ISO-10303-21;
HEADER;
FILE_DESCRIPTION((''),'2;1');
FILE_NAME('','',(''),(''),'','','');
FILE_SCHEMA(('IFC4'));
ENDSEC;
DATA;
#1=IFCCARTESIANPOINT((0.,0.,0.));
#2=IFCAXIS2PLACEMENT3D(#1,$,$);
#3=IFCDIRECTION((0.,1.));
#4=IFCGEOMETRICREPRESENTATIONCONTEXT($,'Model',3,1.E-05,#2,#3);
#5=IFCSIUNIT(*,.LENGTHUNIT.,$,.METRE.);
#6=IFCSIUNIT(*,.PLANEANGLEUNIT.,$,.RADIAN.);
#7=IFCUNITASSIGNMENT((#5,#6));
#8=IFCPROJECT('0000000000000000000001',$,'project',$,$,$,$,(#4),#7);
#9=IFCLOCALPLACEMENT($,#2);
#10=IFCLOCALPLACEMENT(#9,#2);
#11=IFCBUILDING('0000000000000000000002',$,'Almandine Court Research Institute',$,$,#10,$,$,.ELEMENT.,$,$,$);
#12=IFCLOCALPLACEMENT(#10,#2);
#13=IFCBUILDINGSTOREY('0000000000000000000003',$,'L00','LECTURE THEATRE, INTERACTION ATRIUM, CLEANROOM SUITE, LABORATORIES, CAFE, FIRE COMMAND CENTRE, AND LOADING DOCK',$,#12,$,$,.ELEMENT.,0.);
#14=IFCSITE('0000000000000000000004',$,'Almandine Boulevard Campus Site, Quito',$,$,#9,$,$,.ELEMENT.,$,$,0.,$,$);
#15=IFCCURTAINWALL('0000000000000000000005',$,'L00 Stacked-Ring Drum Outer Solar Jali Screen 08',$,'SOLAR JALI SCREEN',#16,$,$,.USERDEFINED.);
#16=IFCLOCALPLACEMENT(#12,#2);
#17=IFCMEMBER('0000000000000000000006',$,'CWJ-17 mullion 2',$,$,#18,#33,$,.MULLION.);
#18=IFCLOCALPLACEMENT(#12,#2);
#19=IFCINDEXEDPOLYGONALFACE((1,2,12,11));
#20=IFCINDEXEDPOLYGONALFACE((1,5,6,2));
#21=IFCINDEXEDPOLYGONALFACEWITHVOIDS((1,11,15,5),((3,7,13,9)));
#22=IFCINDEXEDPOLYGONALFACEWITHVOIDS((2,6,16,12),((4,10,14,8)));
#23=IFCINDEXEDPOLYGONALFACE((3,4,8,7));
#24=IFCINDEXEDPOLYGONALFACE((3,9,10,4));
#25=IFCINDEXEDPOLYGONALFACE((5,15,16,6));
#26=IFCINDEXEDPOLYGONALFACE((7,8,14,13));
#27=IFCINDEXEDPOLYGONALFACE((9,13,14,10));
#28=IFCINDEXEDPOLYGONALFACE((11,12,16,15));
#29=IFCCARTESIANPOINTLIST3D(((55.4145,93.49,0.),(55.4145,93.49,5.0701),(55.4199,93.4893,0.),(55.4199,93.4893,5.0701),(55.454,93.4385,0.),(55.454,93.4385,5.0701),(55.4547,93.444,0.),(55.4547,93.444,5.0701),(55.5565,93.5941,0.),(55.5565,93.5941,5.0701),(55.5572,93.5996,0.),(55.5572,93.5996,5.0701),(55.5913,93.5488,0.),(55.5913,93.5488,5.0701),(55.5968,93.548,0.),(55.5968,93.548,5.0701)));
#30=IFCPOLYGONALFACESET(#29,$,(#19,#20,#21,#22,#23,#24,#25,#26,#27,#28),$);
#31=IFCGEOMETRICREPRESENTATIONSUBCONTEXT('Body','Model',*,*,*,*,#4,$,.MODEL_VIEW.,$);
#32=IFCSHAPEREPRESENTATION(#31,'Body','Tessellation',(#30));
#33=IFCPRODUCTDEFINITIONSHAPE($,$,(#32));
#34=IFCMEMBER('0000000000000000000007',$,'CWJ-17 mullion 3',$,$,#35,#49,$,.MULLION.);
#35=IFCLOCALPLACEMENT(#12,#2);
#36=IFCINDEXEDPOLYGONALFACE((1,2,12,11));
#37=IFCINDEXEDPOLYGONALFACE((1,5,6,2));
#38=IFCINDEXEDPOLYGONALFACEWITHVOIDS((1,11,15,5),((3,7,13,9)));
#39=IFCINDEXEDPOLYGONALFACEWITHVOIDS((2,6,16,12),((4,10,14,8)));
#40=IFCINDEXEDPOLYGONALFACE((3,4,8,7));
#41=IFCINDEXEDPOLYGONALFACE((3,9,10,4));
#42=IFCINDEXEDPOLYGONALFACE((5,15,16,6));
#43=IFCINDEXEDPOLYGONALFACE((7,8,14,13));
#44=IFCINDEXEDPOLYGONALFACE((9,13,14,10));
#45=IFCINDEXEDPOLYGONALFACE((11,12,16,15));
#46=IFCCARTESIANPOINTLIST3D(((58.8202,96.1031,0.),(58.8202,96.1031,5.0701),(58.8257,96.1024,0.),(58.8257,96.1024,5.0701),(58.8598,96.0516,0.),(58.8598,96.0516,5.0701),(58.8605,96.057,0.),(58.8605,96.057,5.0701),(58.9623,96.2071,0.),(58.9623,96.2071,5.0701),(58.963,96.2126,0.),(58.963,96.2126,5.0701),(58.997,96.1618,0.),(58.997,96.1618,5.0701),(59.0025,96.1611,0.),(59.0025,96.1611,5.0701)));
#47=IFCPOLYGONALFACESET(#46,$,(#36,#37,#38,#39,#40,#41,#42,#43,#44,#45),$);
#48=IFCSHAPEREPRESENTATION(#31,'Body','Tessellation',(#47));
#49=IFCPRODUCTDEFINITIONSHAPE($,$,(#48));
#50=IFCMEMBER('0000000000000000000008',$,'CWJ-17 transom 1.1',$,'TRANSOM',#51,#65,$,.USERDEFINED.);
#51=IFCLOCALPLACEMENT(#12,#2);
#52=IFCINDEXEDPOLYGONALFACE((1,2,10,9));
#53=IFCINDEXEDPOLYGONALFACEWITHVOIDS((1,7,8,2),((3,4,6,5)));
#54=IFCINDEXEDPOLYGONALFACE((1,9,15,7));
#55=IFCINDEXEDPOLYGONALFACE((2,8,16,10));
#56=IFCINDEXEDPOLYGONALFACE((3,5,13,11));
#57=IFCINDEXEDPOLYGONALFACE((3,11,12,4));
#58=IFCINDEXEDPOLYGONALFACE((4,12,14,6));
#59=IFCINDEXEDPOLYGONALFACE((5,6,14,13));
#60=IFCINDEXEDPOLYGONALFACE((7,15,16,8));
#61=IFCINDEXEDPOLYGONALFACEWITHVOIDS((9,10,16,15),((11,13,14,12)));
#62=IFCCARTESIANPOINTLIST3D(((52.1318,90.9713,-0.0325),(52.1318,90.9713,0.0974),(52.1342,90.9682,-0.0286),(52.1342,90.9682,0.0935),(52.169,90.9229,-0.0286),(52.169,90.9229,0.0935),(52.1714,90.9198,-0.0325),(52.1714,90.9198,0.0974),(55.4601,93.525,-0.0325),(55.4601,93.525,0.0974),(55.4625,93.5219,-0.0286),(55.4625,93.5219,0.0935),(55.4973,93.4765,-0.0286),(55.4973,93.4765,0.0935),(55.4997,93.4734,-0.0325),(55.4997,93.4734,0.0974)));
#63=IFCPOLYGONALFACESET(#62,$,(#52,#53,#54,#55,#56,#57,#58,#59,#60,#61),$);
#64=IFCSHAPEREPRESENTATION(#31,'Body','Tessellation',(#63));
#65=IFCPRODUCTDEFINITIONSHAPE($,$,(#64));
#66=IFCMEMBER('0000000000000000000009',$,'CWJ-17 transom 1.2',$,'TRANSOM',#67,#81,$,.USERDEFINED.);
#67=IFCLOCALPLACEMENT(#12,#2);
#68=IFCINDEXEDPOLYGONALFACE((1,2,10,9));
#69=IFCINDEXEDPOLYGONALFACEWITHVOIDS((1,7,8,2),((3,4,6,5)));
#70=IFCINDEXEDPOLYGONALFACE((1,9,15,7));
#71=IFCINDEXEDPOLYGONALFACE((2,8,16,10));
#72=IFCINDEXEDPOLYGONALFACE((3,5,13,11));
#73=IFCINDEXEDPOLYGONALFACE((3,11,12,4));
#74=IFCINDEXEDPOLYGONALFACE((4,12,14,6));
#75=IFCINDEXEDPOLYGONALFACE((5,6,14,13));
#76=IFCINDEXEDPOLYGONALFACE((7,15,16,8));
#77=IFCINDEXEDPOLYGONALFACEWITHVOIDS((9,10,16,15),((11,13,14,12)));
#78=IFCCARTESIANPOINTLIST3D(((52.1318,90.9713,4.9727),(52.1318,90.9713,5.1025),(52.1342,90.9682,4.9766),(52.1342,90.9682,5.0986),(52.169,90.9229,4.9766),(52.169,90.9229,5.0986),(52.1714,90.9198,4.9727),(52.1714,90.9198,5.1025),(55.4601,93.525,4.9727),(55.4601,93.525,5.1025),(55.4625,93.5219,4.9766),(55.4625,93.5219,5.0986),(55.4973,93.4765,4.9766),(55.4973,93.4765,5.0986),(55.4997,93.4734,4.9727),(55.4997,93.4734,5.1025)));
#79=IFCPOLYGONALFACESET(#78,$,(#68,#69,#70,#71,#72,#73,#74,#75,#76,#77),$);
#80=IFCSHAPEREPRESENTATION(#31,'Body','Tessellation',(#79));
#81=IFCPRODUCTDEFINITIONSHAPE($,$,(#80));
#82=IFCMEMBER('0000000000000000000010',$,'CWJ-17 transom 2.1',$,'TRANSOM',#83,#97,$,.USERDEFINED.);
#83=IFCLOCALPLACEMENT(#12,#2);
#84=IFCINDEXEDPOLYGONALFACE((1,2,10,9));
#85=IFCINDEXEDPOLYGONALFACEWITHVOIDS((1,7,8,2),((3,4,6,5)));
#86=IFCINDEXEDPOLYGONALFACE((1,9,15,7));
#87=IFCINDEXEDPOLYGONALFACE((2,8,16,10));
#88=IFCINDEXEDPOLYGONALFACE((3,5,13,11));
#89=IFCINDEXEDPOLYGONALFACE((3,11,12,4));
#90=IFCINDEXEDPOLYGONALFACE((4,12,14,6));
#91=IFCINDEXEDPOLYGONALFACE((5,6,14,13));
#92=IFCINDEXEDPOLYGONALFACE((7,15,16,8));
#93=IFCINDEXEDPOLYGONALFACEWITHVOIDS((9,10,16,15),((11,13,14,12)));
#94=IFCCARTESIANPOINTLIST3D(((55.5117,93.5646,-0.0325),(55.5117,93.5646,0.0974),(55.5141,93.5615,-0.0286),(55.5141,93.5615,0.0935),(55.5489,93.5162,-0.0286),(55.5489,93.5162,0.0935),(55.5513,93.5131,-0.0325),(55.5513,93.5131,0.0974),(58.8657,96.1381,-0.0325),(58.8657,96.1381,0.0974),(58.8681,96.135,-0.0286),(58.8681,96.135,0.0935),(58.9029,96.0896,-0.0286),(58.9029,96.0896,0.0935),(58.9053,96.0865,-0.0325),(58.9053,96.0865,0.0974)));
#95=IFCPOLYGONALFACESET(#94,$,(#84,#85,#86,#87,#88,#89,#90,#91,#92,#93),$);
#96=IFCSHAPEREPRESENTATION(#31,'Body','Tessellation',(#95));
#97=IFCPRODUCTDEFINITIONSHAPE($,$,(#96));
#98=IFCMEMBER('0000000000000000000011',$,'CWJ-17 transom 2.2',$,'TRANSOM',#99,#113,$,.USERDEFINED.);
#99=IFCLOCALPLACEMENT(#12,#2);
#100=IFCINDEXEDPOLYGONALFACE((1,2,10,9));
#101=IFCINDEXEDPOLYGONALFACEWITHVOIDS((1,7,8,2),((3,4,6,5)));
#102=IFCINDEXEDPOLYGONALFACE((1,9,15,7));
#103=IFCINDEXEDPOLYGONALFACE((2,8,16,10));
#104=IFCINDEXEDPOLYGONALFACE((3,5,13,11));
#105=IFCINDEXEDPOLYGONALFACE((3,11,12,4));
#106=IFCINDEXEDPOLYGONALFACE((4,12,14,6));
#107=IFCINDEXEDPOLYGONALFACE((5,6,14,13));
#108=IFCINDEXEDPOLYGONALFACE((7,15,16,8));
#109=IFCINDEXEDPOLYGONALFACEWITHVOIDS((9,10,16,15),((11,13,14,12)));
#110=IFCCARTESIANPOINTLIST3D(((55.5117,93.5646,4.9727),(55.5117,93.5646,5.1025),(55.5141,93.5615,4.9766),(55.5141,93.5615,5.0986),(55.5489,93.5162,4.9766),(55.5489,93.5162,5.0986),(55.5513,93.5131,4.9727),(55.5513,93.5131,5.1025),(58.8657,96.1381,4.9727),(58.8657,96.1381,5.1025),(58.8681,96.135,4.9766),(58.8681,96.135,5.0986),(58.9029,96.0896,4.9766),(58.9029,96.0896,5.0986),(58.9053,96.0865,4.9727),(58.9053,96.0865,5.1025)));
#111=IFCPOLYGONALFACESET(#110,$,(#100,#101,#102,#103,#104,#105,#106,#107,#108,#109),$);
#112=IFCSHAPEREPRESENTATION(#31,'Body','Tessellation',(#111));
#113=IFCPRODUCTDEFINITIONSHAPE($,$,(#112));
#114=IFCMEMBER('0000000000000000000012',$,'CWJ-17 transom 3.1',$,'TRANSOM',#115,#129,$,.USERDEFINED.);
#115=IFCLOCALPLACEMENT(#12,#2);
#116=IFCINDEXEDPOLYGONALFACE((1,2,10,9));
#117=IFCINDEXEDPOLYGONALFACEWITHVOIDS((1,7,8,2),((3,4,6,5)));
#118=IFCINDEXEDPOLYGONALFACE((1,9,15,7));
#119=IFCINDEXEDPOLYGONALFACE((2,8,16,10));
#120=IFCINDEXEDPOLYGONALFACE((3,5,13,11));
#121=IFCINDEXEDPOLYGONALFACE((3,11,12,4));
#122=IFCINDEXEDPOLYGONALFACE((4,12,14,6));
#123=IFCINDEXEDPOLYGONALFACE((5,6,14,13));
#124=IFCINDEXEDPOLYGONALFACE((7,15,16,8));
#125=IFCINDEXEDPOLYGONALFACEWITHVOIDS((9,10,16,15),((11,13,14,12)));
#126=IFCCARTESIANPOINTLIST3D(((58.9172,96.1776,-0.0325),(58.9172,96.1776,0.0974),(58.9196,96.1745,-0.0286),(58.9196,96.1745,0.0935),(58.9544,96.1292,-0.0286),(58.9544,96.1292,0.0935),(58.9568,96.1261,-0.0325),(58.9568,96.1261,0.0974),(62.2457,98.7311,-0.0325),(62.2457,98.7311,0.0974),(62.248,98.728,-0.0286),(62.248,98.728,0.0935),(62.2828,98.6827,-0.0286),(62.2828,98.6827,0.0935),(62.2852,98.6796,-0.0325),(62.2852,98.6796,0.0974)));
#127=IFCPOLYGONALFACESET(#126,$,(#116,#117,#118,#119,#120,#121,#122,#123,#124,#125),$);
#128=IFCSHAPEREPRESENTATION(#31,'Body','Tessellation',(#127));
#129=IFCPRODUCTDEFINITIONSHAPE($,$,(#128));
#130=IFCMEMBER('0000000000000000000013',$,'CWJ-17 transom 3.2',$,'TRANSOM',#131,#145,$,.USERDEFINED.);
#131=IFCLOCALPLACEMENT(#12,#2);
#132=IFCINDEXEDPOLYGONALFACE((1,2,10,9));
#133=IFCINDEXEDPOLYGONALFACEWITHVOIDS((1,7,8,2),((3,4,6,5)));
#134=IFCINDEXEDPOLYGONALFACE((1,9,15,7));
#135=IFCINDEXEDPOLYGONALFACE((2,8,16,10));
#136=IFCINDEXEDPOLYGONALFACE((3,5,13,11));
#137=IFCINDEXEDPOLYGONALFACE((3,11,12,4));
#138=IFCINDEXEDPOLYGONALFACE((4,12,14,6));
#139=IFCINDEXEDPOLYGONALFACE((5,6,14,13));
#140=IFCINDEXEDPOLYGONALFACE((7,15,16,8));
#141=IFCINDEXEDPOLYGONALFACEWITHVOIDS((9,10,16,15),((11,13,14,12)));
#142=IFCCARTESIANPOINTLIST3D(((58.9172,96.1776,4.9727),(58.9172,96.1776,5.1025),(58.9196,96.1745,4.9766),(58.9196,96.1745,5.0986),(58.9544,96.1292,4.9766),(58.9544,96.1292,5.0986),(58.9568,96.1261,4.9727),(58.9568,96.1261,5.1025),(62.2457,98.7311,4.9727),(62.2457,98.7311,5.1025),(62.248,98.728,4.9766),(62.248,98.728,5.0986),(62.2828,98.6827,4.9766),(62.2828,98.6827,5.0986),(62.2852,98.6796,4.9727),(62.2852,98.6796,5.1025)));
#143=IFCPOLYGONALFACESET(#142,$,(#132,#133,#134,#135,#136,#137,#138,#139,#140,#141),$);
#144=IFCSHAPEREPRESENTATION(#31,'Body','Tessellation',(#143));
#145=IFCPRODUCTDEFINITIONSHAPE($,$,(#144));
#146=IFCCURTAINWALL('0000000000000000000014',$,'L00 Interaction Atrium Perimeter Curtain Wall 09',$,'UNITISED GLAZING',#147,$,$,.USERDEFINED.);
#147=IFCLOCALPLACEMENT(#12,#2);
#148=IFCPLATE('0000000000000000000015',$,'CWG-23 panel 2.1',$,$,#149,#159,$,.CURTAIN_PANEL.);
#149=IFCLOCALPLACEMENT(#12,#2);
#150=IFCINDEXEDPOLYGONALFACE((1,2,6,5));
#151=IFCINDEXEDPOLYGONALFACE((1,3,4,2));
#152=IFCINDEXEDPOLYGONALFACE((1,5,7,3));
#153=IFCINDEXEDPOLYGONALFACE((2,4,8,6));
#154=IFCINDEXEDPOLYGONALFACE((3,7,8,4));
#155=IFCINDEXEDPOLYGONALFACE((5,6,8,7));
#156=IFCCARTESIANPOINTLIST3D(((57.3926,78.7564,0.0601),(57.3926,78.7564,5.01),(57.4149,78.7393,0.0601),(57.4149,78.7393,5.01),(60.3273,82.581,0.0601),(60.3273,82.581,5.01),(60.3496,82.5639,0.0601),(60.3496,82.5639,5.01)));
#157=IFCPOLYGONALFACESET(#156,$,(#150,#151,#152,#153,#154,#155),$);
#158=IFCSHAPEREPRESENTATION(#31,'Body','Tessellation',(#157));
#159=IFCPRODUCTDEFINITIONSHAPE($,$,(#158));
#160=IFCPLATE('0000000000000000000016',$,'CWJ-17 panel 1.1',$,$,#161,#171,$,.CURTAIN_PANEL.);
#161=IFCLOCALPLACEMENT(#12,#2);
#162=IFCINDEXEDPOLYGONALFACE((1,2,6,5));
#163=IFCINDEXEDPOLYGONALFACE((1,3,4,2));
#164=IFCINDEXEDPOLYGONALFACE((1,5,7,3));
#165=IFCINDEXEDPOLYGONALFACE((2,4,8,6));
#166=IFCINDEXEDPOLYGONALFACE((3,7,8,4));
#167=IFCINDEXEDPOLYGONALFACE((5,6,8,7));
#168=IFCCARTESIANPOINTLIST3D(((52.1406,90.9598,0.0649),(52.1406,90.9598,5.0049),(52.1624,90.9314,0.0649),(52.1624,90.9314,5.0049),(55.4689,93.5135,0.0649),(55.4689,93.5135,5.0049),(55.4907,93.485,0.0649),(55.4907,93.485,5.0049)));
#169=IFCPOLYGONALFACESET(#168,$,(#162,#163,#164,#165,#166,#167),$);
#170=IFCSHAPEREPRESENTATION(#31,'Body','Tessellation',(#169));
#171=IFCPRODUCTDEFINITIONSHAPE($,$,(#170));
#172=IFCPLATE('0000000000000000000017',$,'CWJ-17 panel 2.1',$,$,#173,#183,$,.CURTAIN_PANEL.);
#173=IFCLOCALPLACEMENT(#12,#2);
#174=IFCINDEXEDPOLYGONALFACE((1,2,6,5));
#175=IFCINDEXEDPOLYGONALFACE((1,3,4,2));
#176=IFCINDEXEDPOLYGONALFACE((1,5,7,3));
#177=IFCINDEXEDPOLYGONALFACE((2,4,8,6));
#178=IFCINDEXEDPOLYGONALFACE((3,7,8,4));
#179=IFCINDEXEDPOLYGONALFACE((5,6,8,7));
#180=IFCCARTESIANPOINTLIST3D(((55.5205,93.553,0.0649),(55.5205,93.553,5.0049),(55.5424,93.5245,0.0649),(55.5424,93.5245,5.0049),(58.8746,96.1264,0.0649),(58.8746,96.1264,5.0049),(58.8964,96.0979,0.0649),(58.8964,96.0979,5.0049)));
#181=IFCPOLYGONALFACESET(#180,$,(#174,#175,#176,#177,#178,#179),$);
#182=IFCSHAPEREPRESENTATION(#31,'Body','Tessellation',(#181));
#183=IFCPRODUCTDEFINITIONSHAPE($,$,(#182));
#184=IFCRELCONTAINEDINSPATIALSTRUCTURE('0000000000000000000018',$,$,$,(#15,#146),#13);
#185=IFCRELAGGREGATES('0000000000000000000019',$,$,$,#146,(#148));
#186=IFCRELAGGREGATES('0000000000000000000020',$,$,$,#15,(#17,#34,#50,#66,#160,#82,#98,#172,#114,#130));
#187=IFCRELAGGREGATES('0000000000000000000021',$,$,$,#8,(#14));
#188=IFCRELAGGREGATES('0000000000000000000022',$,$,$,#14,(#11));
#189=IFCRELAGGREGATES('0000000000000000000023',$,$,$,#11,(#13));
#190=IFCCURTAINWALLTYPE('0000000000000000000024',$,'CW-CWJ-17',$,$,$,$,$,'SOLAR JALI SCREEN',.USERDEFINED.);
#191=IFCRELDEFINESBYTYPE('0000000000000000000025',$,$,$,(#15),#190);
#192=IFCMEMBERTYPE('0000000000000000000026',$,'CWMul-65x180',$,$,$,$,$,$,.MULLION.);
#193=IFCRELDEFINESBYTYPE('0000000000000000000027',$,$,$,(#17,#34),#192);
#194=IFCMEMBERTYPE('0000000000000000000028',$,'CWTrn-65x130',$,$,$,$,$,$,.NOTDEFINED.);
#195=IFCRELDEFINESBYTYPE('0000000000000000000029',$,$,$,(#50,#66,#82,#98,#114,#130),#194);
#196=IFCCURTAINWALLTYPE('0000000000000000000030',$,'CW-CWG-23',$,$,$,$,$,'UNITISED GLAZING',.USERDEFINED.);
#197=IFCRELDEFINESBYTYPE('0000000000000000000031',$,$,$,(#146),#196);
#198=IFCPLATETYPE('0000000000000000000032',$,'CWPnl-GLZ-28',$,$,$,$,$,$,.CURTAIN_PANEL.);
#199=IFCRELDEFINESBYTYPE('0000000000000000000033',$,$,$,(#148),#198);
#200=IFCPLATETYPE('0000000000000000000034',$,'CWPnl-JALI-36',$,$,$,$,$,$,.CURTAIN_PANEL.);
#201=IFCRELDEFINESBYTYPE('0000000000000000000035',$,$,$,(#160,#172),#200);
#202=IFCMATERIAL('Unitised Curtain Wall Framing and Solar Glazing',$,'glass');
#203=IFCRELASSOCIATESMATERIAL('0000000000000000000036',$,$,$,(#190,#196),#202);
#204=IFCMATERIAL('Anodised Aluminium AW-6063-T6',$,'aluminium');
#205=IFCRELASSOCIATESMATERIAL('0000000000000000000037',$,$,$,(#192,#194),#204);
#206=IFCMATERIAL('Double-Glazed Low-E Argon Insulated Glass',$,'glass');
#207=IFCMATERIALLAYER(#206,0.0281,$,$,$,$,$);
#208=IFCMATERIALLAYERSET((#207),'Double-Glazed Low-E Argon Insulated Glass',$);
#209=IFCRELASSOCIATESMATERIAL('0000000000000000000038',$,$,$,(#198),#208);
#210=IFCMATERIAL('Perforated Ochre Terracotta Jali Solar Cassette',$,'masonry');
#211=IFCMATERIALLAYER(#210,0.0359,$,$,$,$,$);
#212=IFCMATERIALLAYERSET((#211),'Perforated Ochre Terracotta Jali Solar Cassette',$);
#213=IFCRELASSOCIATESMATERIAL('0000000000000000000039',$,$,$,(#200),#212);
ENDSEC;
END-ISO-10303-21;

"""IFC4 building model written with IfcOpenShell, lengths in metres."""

from ifc_helpers import new_model, si_unit, direction, frame, origin, origin_2d, place, context, subcontext, project, spatial, rectangle, hollow_rectangle, extrude, material, layer, layer_set, material_profile, profile_set, type_object, element, aggregate, save


model = new_model("IFC4")

# Units and contexts
model_context = context("Model", 3, precision=1e-05, world=origin(), true_north=direction((0.0, 1.0)))
body_context = subcontext(model_context, "Body", "Model", "MODEL_VIEW")
ifc_project = project(units=[si_unit("LENGTHUNIT", "METRE"), si_unit("PLANEANGLEUNIT", "RADIAN")], contexts=[model_context])

# Site, building, storey
site_placement = place(None, origin())
site = spatial("IfcSite", under=ifc_project, at=site_placement, Name="Almandine Boulevard Campus Site, Quito", CompositionType="ELEMENT", RefElevation=0.0)
building_placement = place(site_placement, origin())
building = spatial("IfcBuilding", under=site, at=building_placement, Name="Almandine Court Research Institute", CompositionType="ELEMENT")
storey_placement = place(building_placement, origin())
storey = spatial("IfcBuildingStorey", under=building, at=storey_placement, Name="L00", Description="LECTURE THEATRE, INTERACTION ATRIUM, CLEANROOM SUITE, LABORATORIES, CAFE, FIRE COMMAND CENTRE, AND LOADING DOCK", CompositionType="ELEMENT", Elevation=0.0)

# Curtain wall, members
ifc_material_1 = material(Name="Unitised Curtain Wall Framing and Solar Glazing", Category="glass")
curtain_wall_type_1 = type_object("IfcCurtainWallType", Name="CW-CWJ-17", ElementType="SOLAR JALI SCREEN", PredefinedType="USERDEFINED", material=ifc_material_1)
curtain_wall_1_placement = place(storey_placement, origin())
curtain_wall_1 = element("IfcCurtainWall", 1, at=curtain_wall_1_placement, inside=storey, type_object=curtain_wall_type_1, Name="L00 Stacked-Ring Drum Outer Solar Jali Screen 08", ObjectType="SOLAR JALI SCREEN", PredefinedType="USERDEFINED")
ifc_material_2 = material(Name="Anodised Aluminium AW-6063-T6", Category="aluminium")
ifc_material_profile_1 = material_profile(ifc_material_2, hollow_rectangle(XDim=0.0649, YDim=0.1799, WallThickness=0.0039, at=origin_2d()), Name="ALU RHS 65x180x4")
ifc_profile_set_1 = profile_set([ifc_material_profile_1], Name="Anodised Aluminium AW-6063-T6")
member_type_1 = type_object("IfcMemberType", Name="CWMul-65x180", PredefinedType="MULLION", material=ifc_profile_set_1)
member_1_placement = place(storey_placement, frame((55.5056, 93.519, 0.0), z_axis=(0.0, 0.0, 1.0), x_axis=(-0.608723, 0.793383, 0.0)))
member_1 = element("IfcMember", 2, at=member_1_placement, type_object=member_type_1, Name="CWJ-17 mullion 2", PredefinedType="MULLION", context=body_context, shape_type="SweptSolid", body=[
    extrude(hollow_rectangle(XDim=0.0649, YDim=0.1799, WallThickness=0.0039, at=origin_2d()), origin(), (0.0, 0.0, 1.0), 5.0701),
])
member_2_placement = place(storey_placement, frame((58.9114, 96.1321, 0.0), z_axis=(0.0, 0.0, 1.0), x_axis=(-0.608723, 0.793383, 0.0)))
member_2 = element("IfcMember", 3, at=member_2_placement, type_object=member_type_1, Name="CWJ-17 mullion 3", PredefinedType="MULLION", context=body_context, shape_type="SweptSolid", body=[
    extrude(hollow_rectangle(XDim=0.0649, YDim=0.1799, WallThickness=0.0039, at=origin_2d()), origin(), (0.0, 0.0, 1.0), 5.0701),
])
ifc_material_profile_2 = material_profile(ifc_material_2, hollow_rectangle(XDim=0.0649, YDim=0.1299, WallThickness=0.0039, at=origin_2d()), Name="ALU RHS 65x130x4")
ifc_profile_set_2 = profile_set([ifc_material_profile_2], Name="Anodised Aluminium AW-6063-T6")
member_type_2 = type_object("IfcMemberType", Name="CWTrn-65x130", PredefinedType="NOTDEFINED", material=ifc_profile_set_2)
member_3_placement = place(storey_placement, frame((52.1516, 90.9456, 0.0325), z_axis=(0.793381, 0.608726, 0.0), x_axis=(-0.608726, 0.793381, 0.0)))
member_3 = element("IfcMember", 4, at=member_3_placement, type_object=member_type_2, Name="CWJ-17 transom 1.1", ObjectType="TRANSOM", PredefinedType="USERDEFINED", context=body_context, shape_type="SweptSolid", body=[
    extrude(hollow_rectangle(XDim=0.0649, YDim=0.1299, WallThickness=0.0039, at=origin_2d()), origin(), (0.0, 0.0, 1.0), 4.1951),
])
member_4_placement = place(storey_placement, frame((52.1516, 90.9456, 5.0376), z_axis=(0.793381, 0.608726, 0.0), x_axis=(-0.608726, 0.793381, 0.0)))
member_4 = element("IfcMember", 5, at=member_4_placement, type_object=member_type_2, Name="CWJ-17 transom 1.2", ObjectType="TRANSOM", PredefinedType="USERDEFINED", context=body_context, shape_type="SweptSolid", body=[
    extrude(hollow_rectangle(XDim=0.0649, YDim=0.1299, WallThickness=0.0039, at=origin_2d()), origin(), (0.0, 0.0, 1.0), 4.1951),
])
member_5_placement = place(storey_placement, frame((55.5315, 93.5388, 0.0325), z_axis=(0.793368, 0.608742, 0.0), x_axis=(-0.608742, 0.793368, 0.0)))
member_5 = element("IfcMember", 6, at=member_5_placement, type_object=member_type_2, Name="CWJ-17 transom 2.1", ObjectType="TRANSOM", PredefinedType="USERDEFINED", context=body_context, shape_type="SweptSolid", body=[
    extrude(hollow_rectangle(XDim=0.0649, YDim=0.1299, WallThickness=0.0039, at=origin_2d()), origin(), (0.0, 0.0, 1.0), 4.2275),
])
member_6_placement = place(storey_placement, frame((55.5315, 93.5388, 5.0376), z_axis=(0.793368, 0.608742, 0.0), x_axis=(-0.608742, 0.793368, 0.0)))
member_6 = element("IfcMember", 7, at=member_6_placement, type_object=member_type_2, Name="CWJ-17 transom 2.2", ObjectType="TRANSOM", PredefinedType="USERDEFINED", context=body_context, shape_type="SweptSolid", body=[
    extrude(hollow_rectangle(XDim=0.0649, YDim=0.1299, WallThickness=0.0039, at=origin_2d()), origin(), (0.0, 0.0, 1.0), 4.2275),
])
member_7_placement = place(storey_placement, frame((58.937, 96.1519, 0.0325), z_axis=(0.793409, 0.608689, 0.0), x_axis=(-0.608689, 0.793409, 0.0)))
member_7 = element("IfcMember", 8, at=member_7_placement, type_object=member_type_2, Name="CWJ-17 transom 3.1", ObjectType="TRANSOM", PredefinedType="USERDEFINED", context=body_context, shape_type="SweptSolid", body=[
    extrude(hollow_rectangle(XDim=0.0649, YDim=0.1299, WallThickness=0.0039, at=origin_2d()), origin(), (0.0, 0.0, 1.0), 4.1951),
])
member_8_placement = place(storey_placement, frame((58.937, 96.1519, 5.0376), z_axis=(0.793409, 0.608689, 0.0), x_axis=(-0.608689, 0.793409, 0.0)))
member_8 = element("IfcMember", 9, at=member_8_placement, type_object=member_type_2, Name="CWJ-17 transom 3.2", ObjectType="TRANSOM", PredefinedType="USERDEFINED", context=body_context, shape_type="SweptSolid", body=[
    extrude(hollow_rectangle(XDim=0.0649, YDim=0.1299, WallThickness=0.0039, at=origin_2d()), origin(), (0.0, 0.0, 1.0), 4.1951),
])

# Curtain wall, plate
curtain_wall_type_2 = type_object("IfcCurtainWallType", Name="CW-CWG-23", ElementType="UNITISED GLAZING", PredefinedType="USERDEFINED", material=ifc_material_1)
curtain_wall_2_placement = place(storey_placement, origin())
curtain_wall_2 = element("IfcCurtainWall", 10, at=curtain_wall_2_placement, inside=storey, type_object=curtain_wall_type_2, Name="L00 Interaction Atrium Perimeter Curtain Wall 09", ObjectType="UNITISED GLAZING", PredefinedType="USERDEFINED")
ifc_material_3 = material(Name="Double-Glazed Low-E Argon Insulated Glass", Category="glass")
ifc_layer_1 = layer(ifc_material_3, 0.0281)
ifc_layer_set_1 = layer_set([ifc_layer_1], Name="Double-Glazed Low-E Argon Insulated Glass")
plate_type_1 = type_object("IfcPlateType", Name="CWPnl-GLZ-28", PredefinedType="CURTAIN_PANEL", material=ifc_layer_set_1)
plate_1_placement = place(storey_placement, frame((58.8711, 80.6602, 0.0601), z_axis=(0.0, 0.0, 1.0), x_axis=(0.608761, 0.793354, 0.0)))
plate_1 = element("IfcPlate", 11, at=plate_1_placement, type_object=plate_type_1, Name="CWG-23 panel 2.1", PredefinedType="CURTAIN_PANEL", context=body_context, shape_type="SweptSolid", body=[
    extrude(rectangle(XDim=4.8208, YDim=0.0281, at=origin_2d()), origin(), (0.0, 0.0, 1.0), 4.95),
])
aggregate(curtain_wall_2, [plate_1])

# Plates
ifc_material_4 = material(Name="Perforated Ochre Terracotta Jali Solar Cassette", Category="masonry")
ifc_layer_2 = layer(ifc_material_4, 0.0359)
ifc_layer_set_2 = layer_set([ifc_layer_2], Name="Perforated Ochre Terracotta Jali Solar Cassette")
plate_type_2 = type_object("IfcPlateType", Name="CWPnl-JALI-36", PredefinedType="CURTAIN_PANEL", material=ifc_layer_set_2)
plate_2_placement = place(storey_placement, frame((53.8157, 92.2224, 0.0649), z_axis=(0.0, 0.0, 1.0), x_axis=(0.793383, 0.608723, 0.0)))
plate_2 = element("IfcPlate", 12, at=plate_2_placement, type_object=plate_type_2, Name="CWJ-17 panel 1.1", PredefinedType="CURTAIN_PANEL", context=body_context, shape_type="SweptSolid", body=[
    extrude(rectangle(XDim=4.1951, YDim=0.0359, at=origin_2d()), origin(), (0.0, 0.0, 1.0), 4.9399),
])
plate_3_placement = place(storey_placement, frame((57.2085, 94.8254, 0.0649), z_axis=(0.0, 0.0, 1.0), x_axis=(0.793383, 0.608723, 0.0)))
plate_3 = element("IfcPlate", 13, at=plate_3_placement, type_object=plate_type_2, Name="CWJ-17 panel 2.1", PredefinedType="CURTAIN_PANEL", context=body_context, shape_type="SweptSolid", body=[
    extrude(rectangle(XDim=4.2275, YDim=0.0359, at=origin_2d()), origin(), (0.0, 0.0, 1.0), 4.9399),
])
aggregate(curtain_wall_1, [member_1, member_2, member_3, member_4, plate_2, member_5, member_6, plate_3, member_7, member_8])

save(model, "model.ifc")
